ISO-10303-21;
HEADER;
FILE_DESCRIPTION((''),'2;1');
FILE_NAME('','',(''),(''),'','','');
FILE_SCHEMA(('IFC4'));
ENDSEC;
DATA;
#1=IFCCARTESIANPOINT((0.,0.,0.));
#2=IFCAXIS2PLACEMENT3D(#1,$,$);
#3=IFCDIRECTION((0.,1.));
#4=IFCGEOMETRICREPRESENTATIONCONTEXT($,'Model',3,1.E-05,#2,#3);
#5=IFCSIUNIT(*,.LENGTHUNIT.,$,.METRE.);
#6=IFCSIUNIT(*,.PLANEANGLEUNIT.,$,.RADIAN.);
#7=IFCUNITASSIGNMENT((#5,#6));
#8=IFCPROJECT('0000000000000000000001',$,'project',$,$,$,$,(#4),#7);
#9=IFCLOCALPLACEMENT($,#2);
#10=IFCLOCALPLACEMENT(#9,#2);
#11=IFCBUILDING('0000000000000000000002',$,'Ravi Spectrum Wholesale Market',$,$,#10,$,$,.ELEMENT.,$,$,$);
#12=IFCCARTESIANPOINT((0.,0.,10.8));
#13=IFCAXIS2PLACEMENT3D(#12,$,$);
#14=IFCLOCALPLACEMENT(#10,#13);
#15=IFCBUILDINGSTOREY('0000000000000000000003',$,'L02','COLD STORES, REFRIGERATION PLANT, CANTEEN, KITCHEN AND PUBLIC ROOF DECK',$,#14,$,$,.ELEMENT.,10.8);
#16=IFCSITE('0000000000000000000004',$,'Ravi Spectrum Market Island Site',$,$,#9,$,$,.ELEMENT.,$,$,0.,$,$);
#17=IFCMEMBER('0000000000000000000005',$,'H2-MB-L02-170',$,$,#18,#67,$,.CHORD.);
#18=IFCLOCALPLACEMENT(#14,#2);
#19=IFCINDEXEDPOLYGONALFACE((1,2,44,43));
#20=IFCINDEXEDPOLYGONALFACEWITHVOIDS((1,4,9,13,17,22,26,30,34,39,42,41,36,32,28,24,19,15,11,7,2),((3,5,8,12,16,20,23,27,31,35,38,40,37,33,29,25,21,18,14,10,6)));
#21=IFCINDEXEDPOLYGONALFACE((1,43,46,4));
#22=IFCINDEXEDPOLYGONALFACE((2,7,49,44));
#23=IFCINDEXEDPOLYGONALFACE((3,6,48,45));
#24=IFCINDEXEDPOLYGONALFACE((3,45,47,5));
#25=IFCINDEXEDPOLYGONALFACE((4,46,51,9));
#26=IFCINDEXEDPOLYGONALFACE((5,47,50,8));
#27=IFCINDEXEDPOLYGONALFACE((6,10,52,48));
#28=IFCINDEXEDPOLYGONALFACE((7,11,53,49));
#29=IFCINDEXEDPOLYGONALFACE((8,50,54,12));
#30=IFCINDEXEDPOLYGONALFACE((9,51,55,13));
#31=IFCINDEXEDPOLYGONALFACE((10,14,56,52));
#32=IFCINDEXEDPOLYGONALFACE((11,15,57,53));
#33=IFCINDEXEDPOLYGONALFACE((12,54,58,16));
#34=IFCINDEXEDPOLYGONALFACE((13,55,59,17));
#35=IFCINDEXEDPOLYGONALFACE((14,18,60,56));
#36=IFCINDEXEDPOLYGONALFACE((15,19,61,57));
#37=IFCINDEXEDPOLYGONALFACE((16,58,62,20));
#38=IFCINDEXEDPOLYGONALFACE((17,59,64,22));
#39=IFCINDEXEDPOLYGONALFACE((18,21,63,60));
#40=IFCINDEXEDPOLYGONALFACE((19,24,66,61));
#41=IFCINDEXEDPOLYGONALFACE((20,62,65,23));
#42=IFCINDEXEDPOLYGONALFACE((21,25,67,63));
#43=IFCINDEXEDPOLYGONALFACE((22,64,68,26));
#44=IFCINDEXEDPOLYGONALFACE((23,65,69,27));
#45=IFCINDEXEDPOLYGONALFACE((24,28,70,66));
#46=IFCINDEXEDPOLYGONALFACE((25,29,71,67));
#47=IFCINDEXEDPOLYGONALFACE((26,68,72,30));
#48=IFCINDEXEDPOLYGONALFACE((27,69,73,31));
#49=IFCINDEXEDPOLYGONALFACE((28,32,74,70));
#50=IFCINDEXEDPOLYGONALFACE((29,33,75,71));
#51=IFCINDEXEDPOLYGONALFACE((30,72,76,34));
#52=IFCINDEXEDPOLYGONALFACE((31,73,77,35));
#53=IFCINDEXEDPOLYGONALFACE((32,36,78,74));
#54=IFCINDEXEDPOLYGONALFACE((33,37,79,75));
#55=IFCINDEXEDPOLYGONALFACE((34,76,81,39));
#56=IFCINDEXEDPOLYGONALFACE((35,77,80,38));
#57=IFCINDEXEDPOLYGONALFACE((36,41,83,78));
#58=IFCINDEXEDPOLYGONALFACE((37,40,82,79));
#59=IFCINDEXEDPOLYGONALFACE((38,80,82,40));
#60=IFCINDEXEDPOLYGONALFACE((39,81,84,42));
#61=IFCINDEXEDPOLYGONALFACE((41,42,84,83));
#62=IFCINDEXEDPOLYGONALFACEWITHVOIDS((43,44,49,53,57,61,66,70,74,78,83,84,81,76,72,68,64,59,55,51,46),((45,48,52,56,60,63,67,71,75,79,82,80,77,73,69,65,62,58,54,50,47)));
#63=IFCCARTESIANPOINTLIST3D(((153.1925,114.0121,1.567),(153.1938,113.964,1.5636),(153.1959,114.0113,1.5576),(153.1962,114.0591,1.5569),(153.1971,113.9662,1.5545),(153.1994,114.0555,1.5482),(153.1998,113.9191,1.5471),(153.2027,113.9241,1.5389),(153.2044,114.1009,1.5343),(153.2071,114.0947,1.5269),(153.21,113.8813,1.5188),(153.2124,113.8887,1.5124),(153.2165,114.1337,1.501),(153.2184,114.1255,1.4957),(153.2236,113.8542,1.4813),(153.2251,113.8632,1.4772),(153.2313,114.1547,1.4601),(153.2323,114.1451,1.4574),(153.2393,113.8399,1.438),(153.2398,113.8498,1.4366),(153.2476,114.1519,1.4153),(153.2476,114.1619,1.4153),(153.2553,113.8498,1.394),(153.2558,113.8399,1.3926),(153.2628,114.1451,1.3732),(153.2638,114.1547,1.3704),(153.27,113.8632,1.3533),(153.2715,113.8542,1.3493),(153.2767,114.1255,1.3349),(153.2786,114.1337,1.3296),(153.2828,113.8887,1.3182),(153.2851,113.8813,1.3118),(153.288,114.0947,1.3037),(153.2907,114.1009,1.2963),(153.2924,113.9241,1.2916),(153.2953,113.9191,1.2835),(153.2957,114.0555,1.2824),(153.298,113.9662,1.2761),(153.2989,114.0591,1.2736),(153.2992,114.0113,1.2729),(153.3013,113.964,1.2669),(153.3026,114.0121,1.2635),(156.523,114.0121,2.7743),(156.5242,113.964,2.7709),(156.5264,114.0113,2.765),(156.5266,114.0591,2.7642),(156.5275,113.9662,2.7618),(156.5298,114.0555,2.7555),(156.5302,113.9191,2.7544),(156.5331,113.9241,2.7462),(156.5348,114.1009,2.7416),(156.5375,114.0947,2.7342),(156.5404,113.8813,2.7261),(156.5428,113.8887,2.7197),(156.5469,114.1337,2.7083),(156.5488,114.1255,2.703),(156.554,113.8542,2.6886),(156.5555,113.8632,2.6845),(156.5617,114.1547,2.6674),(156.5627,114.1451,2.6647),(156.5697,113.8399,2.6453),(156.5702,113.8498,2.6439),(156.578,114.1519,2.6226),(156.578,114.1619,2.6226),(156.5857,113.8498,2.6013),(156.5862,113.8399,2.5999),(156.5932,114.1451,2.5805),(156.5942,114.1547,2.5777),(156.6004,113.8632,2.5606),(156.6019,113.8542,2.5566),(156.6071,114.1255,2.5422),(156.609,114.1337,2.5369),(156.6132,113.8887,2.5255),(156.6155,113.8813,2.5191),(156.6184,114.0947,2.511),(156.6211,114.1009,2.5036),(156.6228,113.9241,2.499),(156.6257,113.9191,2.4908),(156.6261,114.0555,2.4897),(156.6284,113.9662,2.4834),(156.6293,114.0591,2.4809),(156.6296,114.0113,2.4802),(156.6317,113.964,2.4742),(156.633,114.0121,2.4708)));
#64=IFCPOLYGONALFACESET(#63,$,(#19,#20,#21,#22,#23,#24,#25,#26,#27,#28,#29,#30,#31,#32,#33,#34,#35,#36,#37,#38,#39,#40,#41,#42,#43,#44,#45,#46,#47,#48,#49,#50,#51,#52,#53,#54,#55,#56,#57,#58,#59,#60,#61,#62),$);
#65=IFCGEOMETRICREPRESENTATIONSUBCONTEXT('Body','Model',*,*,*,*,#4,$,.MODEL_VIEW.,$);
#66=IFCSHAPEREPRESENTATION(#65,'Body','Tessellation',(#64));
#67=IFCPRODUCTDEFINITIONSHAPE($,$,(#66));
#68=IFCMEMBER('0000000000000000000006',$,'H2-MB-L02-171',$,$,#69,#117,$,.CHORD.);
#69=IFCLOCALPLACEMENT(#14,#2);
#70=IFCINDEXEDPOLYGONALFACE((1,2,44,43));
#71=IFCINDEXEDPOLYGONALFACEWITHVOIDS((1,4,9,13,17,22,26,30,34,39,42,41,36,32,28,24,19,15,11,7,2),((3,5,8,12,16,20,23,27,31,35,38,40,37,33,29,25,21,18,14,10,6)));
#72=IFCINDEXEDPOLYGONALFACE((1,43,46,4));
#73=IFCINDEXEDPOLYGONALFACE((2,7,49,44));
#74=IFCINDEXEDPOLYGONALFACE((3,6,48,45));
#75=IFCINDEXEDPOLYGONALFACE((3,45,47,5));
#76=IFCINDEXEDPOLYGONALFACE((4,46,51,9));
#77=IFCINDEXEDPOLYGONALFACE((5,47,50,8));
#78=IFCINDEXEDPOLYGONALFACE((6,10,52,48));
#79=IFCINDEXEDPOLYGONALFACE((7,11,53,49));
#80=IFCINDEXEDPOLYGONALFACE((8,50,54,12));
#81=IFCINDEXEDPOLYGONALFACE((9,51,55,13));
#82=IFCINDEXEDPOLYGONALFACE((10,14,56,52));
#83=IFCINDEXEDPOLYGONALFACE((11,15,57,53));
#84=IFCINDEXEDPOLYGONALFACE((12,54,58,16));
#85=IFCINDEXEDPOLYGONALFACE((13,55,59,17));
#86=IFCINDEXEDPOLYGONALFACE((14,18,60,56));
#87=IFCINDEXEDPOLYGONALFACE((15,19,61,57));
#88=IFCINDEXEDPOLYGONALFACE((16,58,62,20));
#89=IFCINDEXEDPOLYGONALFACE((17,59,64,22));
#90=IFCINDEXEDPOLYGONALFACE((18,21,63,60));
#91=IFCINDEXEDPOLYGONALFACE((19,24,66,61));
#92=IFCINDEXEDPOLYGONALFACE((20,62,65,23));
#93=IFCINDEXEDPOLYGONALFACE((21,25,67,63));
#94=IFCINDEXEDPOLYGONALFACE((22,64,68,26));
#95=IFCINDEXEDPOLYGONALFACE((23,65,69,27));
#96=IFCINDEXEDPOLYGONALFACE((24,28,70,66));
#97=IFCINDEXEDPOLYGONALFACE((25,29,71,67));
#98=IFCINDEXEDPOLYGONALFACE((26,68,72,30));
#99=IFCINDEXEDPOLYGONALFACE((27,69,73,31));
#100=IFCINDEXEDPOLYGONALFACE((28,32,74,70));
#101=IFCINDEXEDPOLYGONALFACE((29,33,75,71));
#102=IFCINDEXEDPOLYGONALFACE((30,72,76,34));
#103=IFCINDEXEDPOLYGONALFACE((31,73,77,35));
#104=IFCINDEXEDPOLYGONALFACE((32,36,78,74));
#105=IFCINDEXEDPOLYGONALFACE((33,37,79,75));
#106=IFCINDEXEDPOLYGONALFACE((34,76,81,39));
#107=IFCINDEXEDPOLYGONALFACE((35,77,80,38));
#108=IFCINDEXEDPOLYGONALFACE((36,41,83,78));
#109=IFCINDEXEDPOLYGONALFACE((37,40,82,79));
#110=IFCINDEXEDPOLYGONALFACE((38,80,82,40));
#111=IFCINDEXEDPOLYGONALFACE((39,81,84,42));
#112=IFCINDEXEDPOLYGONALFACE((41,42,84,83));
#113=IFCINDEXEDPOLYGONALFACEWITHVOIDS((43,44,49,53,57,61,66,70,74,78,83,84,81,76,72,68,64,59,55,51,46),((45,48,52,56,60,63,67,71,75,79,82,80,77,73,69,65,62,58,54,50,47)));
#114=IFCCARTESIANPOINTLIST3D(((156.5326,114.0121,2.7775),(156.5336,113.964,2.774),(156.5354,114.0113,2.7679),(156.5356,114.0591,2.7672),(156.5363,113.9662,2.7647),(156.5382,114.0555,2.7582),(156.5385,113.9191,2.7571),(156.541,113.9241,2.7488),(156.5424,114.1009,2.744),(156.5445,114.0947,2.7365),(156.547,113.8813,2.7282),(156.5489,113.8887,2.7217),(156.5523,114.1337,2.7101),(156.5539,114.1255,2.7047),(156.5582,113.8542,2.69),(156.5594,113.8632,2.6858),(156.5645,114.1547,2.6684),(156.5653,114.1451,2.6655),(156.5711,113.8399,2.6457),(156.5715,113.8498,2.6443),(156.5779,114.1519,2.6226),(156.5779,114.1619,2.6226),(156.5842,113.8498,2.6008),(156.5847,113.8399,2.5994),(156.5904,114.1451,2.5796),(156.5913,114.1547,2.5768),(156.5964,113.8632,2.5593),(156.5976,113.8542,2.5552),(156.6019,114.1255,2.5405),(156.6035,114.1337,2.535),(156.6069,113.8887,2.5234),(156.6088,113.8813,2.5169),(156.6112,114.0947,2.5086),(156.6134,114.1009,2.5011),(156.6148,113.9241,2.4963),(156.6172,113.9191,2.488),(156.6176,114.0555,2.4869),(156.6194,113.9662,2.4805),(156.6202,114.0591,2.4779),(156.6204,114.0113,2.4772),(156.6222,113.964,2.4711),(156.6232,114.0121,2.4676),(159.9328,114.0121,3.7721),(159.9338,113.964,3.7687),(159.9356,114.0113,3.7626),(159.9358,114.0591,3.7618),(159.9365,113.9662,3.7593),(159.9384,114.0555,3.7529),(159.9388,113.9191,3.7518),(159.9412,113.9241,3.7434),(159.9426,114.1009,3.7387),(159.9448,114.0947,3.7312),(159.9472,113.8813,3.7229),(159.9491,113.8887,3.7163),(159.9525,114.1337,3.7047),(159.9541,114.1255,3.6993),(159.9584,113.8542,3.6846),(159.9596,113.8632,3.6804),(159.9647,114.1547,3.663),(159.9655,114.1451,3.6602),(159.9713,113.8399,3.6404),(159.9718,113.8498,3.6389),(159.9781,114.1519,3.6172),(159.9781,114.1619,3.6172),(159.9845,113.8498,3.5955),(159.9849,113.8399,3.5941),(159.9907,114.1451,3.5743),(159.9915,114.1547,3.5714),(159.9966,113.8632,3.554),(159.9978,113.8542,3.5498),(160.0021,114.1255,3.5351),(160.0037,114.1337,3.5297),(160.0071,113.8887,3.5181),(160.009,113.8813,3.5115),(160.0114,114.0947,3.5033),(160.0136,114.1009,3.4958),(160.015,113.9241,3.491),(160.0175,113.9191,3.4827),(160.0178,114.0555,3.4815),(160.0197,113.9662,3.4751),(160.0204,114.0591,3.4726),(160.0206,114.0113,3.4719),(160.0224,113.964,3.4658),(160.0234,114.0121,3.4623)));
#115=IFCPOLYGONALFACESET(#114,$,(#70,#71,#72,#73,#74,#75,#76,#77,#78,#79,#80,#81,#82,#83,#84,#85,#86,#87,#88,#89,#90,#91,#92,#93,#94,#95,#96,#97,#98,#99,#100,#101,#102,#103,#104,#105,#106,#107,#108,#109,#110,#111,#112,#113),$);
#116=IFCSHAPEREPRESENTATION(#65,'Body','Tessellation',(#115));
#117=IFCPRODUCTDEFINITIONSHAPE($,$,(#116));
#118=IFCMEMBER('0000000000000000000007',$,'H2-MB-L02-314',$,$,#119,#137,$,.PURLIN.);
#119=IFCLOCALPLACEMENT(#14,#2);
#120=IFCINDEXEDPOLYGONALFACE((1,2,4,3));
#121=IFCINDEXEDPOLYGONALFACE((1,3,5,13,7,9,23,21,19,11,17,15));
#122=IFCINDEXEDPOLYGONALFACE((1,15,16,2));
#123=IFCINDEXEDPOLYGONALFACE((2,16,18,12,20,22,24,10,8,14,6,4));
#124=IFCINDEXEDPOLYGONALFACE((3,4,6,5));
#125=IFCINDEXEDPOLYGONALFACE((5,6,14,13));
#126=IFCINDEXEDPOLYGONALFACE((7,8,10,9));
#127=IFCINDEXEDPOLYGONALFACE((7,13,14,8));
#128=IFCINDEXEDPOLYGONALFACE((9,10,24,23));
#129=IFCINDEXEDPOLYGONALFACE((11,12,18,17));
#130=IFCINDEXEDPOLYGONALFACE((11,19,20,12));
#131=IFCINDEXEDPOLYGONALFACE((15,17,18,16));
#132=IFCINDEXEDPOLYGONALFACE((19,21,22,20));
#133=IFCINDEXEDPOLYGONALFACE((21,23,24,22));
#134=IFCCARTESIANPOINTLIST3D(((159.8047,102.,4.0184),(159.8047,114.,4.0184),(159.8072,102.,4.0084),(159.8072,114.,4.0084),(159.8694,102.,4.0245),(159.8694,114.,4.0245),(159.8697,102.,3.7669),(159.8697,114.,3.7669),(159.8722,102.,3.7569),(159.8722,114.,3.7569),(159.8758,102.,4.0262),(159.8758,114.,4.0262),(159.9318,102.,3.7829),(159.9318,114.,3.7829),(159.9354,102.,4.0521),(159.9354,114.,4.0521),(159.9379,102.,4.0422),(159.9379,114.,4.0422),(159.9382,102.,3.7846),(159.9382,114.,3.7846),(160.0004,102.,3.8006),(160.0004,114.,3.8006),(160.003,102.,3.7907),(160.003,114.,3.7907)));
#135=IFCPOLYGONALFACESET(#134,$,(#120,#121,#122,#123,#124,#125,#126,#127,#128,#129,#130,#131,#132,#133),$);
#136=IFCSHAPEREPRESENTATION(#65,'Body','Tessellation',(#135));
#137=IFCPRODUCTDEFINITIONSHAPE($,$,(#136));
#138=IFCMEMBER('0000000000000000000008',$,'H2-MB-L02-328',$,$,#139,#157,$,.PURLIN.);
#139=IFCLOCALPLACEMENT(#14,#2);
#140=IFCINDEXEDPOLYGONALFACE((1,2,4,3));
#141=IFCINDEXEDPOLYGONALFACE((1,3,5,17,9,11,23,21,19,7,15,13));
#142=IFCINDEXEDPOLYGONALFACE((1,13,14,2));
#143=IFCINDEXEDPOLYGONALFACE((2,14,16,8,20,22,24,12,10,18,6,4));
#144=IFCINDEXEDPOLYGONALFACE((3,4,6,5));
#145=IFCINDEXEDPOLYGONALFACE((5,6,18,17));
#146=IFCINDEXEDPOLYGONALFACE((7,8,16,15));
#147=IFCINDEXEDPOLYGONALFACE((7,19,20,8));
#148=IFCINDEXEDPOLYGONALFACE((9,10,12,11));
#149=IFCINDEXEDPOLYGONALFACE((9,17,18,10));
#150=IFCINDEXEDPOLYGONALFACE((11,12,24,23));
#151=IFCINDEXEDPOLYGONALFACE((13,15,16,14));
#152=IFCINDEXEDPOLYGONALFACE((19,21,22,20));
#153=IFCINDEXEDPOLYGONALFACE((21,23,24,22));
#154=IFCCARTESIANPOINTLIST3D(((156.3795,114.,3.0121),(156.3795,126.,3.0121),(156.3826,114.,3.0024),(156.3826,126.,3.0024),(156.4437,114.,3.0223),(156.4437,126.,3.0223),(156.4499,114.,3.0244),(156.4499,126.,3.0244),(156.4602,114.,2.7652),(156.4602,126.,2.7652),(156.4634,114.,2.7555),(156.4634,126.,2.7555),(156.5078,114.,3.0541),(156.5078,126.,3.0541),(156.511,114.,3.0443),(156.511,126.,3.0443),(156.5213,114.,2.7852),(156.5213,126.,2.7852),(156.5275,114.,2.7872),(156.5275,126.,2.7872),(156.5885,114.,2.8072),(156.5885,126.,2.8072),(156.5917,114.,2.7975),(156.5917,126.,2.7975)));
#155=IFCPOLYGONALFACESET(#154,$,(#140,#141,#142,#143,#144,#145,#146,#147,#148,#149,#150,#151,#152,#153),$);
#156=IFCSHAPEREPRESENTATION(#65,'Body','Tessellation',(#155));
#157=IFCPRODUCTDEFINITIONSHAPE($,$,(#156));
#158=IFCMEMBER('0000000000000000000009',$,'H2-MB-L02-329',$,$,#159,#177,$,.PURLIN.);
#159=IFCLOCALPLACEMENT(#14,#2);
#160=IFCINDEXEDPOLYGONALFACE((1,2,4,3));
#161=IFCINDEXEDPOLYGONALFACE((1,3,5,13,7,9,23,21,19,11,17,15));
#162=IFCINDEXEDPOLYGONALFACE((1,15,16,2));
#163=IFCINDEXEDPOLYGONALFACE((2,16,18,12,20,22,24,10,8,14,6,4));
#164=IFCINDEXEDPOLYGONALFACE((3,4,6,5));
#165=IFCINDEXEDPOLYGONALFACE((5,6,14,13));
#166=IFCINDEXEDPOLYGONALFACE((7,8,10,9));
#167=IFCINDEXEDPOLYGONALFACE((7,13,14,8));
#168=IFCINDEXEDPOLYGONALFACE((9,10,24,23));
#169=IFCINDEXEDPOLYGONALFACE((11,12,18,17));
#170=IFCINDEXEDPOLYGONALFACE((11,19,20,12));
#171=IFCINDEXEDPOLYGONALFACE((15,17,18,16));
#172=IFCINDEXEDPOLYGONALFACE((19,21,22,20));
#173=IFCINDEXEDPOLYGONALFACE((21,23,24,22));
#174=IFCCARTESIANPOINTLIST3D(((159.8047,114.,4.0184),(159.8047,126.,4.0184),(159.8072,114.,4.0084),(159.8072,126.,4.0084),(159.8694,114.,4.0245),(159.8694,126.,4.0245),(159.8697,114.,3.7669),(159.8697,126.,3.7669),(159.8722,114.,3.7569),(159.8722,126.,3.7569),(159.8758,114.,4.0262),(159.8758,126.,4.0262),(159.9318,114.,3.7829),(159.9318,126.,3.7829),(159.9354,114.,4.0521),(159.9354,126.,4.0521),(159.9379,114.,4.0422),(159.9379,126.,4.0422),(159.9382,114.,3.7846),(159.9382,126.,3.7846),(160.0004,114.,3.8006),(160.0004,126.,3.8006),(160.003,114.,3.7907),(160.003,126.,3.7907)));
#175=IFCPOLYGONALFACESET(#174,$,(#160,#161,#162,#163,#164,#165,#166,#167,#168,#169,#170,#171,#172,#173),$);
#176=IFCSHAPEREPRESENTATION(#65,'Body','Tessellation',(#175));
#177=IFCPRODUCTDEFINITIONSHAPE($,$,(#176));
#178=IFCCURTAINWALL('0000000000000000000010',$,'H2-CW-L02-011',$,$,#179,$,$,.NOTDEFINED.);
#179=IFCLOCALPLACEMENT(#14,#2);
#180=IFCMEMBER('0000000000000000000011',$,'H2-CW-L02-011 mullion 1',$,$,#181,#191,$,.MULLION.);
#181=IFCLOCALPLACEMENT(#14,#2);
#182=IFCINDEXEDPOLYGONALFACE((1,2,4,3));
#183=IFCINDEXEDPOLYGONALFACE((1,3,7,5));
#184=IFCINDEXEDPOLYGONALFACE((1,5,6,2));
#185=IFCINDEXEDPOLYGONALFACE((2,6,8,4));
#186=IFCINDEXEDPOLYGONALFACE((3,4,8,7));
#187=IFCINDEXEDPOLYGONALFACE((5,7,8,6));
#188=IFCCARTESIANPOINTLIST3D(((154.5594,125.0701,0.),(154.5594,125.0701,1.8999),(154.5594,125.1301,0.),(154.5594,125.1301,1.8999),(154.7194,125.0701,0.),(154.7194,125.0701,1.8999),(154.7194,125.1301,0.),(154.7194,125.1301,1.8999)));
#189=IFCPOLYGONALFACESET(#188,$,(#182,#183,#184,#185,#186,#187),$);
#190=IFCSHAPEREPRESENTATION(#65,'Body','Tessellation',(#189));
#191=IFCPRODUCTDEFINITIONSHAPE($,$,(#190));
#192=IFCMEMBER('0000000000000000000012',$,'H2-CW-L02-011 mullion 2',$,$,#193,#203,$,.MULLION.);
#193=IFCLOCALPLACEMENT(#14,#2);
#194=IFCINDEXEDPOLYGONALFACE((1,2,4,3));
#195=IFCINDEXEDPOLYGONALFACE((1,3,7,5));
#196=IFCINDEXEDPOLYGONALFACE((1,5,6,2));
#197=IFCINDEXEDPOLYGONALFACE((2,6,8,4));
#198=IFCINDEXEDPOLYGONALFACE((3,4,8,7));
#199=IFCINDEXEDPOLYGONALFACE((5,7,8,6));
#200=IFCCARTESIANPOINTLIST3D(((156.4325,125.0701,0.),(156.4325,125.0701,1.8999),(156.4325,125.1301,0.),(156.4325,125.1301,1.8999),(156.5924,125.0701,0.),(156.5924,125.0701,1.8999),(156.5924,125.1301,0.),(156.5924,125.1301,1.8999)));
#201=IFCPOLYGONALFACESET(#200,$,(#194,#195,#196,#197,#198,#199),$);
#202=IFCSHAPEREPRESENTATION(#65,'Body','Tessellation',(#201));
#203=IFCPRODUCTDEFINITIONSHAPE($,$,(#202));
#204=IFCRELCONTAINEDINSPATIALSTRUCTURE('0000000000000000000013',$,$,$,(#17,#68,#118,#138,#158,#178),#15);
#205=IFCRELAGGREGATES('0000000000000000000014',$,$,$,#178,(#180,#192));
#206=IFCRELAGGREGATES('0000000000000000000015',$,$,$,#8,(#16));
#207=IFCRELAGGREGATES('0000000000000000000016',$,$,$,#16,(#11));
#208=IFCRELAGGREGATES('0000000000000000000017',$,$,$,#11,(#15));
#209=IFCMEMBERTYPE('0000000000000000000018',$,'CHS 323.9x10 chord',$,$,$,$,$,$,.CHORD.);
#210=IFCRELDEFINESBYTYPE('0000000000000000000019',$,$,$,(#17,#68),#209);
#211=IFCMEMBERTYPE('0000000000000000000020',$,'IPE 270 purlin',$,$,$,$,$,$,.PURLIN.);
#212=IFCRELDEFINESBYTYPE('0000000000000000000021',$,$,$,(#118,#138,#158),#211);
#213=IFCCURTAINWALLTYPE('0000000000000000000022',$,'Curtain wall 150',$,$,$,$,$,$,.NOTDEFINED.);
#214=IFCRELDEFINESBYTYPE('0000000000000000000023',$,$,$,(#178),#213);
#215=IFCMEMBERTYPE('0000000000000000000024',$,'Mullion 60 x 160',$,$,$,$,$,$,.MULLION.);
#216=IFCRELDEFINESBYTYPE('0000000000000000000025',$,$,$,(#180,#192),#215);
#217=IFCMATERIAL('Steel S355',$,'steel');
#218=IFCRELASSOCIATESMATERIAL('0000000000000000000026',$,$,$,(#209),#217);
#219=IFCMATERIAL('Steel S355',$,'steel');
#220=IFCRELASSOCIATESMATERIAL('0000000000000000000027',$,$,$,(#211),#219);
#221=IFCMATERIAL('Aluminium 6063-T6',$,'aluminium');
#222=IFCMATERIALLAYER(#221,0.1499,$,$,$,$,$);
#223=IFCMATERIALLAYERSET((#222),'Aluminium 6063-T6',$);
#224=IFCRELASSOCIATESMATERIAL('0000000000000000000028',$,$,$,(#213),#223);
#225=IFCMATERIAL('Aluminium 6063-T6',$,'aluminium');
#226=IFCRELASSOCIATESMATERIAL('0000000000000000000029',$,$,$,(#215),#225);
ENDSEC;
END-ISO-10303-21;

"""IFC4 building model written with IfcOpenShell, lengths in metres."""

from ifc_helpers import new_model, si_unit, direction, frame, origin, origin_2d, place, context, subcontext, project, spatial, rectangle, hollow_circle, i_section, extrude, material, layer, layer_set, material_profile, profile_set, type_object, element, aggregate, save


model = new_model("IFC4")

# Units and contexts
model_context = context("Model", 3, precision=1e-05, world=origin(), true_north=direction((0.0, 1.0)))
body_context = subcontext(model_context, "Body", "Model", "MODEL_VIEW")
ifc_project = project(units=[si_unit("LENGTHUNIT", "METRE"), si_unit("PLANEANGLEUNIT", "RADIAN")], contexts=[model_context])

# Site, building, storey
site_placement = place(None, origin())
site = spatial("IfcSite", under=ifc_project, at=site_placement, Name="Ravi Spectrum Market Island Site", CompositionType="ELEMENT", RefElevation=0.0)
building_placement = place(site_placement, origin())
building = spatial("IfcBuilding", under=site, at=building_placement, Name="Ravi Spectrum Wholesale Market", CompositionType="ELEMENT")
storey_placement = place(building_placement, frame((0.0, 0.0, 10.8)))
storey = spatial("IfcBuildingStorey", under=building, at=storey_placement, Name="L02", Description="COLD STORES, REFRIGERATION PLANT, CANTEEN, KITCHEN AND PUBLIC ROOF DECK", CompositionType="ELEMENT", Elevation=10.8)

# Members
ifc_material_1 = material(Name="Steel S355", Category="steel")
ifc_material_profile_1 = material_profile(ifc_material_1, hollow_circle(Radius=0.1619, WallThickness=0.01, at=origin_2d()))
ifc_profile_set_1 = profile_set([ifc_material_profile_1], Name="Steel S355")
member_type_1 = type_object("IfcMemberType", Name="CHS 323.9x10 chord", PredefinedType="CHORD", material=ifc_profile_set_1)
member_1_placement = place(storey_placement, frame((153.2476, 114.0, 1.4153), z_axis=(0.940133, 0.0, 0.340808), x_axis=(0.0, 1.0, 0.0)))
element("IfcMember", 1, at=member_1_placement, inside=storey, type_object=member_type_1, Name="H2-MB-L02-170", PredefinedType="CHORD", context=body_context, shape_type="SweptSolid", body=[
    extrude(hollow_circle(Radius=0.1619, WallThickness=0.01, at=origin_2d()), origin(), (0.0, 0.0, 1.0), 3.5425),
])
member_2_placement = place(storey_placement, frame((156.5779, 114.0, 2.6226), z_axis=(0.959778, 0.0, 0.280759), x_axis=(0.0, 1.0, 0.0)))
element("IfcMember", 2, at=member_2_placement, inside=storey, type_object=member_type_1, Name="H2-MB-L02-171", PredefinedType="CHORD", context=body_context, shape_type="SweptSolid", body=[
    extrude(hollow_circle(Radius=0.1619, WallThickness=0.01, at=origin_2d()), origin(), (0.0, 0.0, 1.0), 3.5427),
])
ifc_material_2 = material(Name="Steel S355", Category="steel")
ifc_material_profile_2 = material_profile(ifc_material_2, i_section(OverallWidth=0.135, OverallDepth=0.27, WebThickness=0.0066, FlangeThickness=0.0103, at=origin_2d()))
ifc_profile_set_2 = profile_set([ifc_material_profile_2], Name="Steel S355")
member_type_2 = type_object("IfcMemberType", Name="IPE 270 purlin", PredefinedType="PURLIN", material=ifc_profile_set_2)
for number, where, z_axis, x_axis, name in (
    (3, (159.9038, 102.0, 3.9045), (0.0, 1.0, 0.0), (-0.968183, 0.0, -0.250243), "H2-MB-L02-314"),
    (4, (156.4856, 114.0, 2.9048), (0.0, 1.0, 0.0), (-0.950435, 0.0, -0.310923), "H2-MB-L02-328"),
    (5, (159.9038, 114.0, 3.9045), (0.0, 1.0, 0.0), (-0.968183, 0.0, -0.250243), "H2-MB-L02-329"),
):
    element("IfcMember", number, at=place(storey_placement, frame(where, z_axis=z_axis, x_axis=x_axis)), inside=storey, type_object=member_type_2, Name=name, PredefinedType="PURLIN", context=body_context, shape_type="SweptSolid", body=[
        extrude(i_section(OverallWidth=0.135, OverallDepth=0.27, WebThickness=0.0066, FlangeThickness=0.0103, at=origin_2d()), origin(), (0.0, 0.0, 1.0), 12.0),
    ])

# Curtain wall, members
ifc_material_3 = material(Name="Aluminium 6063-T6", Category="aluminium")
ifc_layer_1 = layer(ifc_material_3, 0.1499)
ifc_layer_set_1 = layer_set([ifc_layer_1], Name="Aluminium 6063-T6")
curtain_wall_type = type_object("IfcCurtainWallType", Name="Curtain wall 150", PredefinedType="NOTDEFINED", material=ifc_layer_set_1)
curtain_wall_1_placement = place(storey_placement, origin())
curtain_wall_1 = element("IfcCurtainWall", 6, at=curtain_wall_1_placement, inside=storey, type_object=curtain_wall_type, Name="H2-CW-L02-011", PredefinedType="NOTDEFINED")
ifc_material_4 = material(Name="Aluminium 6063-T6", Category="aluminium")
ifc_material_profile_3 = material_profile(ifc_material_4, rectangle(XDim=0.0601, YDim=0.1599, at=origin_2d()))
ifc_profile_set_3 = profile_set([ifc_material_profile_3], Name="Aluminium 6063-T6")
member_type_3 = type_object("IfcMemberType", Name="Mullion 60 x 160", PredefinedType="MULLION", material=ifc_profile_set_3)
member_3_placement = place(storey_placement, frame((154.6394, 125.1001, 0.0), z_axis=(0.0, 0.0, 1.0), x_axis=(0.0, 1.0, 0.0)))
member_3 = element("IfcMember", 7, at=member_3_placement, type_object=member_type_3, Name="H2-CW-L02-011 mullion 1", PredefinedType="MULLION", context=body_context, shape_type="SweptSolid", body=[
    extrude(rectangle(XDim=0.0601, YDim=0.1599, at=origin_2d()), origin(), (0.0, 0.0, 1.0), 1.8999),
])
member_4_placement = place(storey_placement, frame((156.5125, 125.1001, 0.0), z_axis=(0.0, 0.0, 1.0), x_axis=(0.0, 1.0, 0.0)))
member_4 = element("IfcMember", 8, at=member_4_placement, type_object=member_type_3, Name="H2-CW-L02-011 mullion 2", PredefinedType="MULLION", context=body_context, shape_type="SweptSolid", body=[
    extrude(rectangle(XDim=0.0601, YDim=0.1599, at=origin_2d()), origin(), (0.0, 0.0, 1.0), 1.8999),
])

aggregate(curtain_wall_1, [member_3, member_4])

save(model, "model.ifc")
